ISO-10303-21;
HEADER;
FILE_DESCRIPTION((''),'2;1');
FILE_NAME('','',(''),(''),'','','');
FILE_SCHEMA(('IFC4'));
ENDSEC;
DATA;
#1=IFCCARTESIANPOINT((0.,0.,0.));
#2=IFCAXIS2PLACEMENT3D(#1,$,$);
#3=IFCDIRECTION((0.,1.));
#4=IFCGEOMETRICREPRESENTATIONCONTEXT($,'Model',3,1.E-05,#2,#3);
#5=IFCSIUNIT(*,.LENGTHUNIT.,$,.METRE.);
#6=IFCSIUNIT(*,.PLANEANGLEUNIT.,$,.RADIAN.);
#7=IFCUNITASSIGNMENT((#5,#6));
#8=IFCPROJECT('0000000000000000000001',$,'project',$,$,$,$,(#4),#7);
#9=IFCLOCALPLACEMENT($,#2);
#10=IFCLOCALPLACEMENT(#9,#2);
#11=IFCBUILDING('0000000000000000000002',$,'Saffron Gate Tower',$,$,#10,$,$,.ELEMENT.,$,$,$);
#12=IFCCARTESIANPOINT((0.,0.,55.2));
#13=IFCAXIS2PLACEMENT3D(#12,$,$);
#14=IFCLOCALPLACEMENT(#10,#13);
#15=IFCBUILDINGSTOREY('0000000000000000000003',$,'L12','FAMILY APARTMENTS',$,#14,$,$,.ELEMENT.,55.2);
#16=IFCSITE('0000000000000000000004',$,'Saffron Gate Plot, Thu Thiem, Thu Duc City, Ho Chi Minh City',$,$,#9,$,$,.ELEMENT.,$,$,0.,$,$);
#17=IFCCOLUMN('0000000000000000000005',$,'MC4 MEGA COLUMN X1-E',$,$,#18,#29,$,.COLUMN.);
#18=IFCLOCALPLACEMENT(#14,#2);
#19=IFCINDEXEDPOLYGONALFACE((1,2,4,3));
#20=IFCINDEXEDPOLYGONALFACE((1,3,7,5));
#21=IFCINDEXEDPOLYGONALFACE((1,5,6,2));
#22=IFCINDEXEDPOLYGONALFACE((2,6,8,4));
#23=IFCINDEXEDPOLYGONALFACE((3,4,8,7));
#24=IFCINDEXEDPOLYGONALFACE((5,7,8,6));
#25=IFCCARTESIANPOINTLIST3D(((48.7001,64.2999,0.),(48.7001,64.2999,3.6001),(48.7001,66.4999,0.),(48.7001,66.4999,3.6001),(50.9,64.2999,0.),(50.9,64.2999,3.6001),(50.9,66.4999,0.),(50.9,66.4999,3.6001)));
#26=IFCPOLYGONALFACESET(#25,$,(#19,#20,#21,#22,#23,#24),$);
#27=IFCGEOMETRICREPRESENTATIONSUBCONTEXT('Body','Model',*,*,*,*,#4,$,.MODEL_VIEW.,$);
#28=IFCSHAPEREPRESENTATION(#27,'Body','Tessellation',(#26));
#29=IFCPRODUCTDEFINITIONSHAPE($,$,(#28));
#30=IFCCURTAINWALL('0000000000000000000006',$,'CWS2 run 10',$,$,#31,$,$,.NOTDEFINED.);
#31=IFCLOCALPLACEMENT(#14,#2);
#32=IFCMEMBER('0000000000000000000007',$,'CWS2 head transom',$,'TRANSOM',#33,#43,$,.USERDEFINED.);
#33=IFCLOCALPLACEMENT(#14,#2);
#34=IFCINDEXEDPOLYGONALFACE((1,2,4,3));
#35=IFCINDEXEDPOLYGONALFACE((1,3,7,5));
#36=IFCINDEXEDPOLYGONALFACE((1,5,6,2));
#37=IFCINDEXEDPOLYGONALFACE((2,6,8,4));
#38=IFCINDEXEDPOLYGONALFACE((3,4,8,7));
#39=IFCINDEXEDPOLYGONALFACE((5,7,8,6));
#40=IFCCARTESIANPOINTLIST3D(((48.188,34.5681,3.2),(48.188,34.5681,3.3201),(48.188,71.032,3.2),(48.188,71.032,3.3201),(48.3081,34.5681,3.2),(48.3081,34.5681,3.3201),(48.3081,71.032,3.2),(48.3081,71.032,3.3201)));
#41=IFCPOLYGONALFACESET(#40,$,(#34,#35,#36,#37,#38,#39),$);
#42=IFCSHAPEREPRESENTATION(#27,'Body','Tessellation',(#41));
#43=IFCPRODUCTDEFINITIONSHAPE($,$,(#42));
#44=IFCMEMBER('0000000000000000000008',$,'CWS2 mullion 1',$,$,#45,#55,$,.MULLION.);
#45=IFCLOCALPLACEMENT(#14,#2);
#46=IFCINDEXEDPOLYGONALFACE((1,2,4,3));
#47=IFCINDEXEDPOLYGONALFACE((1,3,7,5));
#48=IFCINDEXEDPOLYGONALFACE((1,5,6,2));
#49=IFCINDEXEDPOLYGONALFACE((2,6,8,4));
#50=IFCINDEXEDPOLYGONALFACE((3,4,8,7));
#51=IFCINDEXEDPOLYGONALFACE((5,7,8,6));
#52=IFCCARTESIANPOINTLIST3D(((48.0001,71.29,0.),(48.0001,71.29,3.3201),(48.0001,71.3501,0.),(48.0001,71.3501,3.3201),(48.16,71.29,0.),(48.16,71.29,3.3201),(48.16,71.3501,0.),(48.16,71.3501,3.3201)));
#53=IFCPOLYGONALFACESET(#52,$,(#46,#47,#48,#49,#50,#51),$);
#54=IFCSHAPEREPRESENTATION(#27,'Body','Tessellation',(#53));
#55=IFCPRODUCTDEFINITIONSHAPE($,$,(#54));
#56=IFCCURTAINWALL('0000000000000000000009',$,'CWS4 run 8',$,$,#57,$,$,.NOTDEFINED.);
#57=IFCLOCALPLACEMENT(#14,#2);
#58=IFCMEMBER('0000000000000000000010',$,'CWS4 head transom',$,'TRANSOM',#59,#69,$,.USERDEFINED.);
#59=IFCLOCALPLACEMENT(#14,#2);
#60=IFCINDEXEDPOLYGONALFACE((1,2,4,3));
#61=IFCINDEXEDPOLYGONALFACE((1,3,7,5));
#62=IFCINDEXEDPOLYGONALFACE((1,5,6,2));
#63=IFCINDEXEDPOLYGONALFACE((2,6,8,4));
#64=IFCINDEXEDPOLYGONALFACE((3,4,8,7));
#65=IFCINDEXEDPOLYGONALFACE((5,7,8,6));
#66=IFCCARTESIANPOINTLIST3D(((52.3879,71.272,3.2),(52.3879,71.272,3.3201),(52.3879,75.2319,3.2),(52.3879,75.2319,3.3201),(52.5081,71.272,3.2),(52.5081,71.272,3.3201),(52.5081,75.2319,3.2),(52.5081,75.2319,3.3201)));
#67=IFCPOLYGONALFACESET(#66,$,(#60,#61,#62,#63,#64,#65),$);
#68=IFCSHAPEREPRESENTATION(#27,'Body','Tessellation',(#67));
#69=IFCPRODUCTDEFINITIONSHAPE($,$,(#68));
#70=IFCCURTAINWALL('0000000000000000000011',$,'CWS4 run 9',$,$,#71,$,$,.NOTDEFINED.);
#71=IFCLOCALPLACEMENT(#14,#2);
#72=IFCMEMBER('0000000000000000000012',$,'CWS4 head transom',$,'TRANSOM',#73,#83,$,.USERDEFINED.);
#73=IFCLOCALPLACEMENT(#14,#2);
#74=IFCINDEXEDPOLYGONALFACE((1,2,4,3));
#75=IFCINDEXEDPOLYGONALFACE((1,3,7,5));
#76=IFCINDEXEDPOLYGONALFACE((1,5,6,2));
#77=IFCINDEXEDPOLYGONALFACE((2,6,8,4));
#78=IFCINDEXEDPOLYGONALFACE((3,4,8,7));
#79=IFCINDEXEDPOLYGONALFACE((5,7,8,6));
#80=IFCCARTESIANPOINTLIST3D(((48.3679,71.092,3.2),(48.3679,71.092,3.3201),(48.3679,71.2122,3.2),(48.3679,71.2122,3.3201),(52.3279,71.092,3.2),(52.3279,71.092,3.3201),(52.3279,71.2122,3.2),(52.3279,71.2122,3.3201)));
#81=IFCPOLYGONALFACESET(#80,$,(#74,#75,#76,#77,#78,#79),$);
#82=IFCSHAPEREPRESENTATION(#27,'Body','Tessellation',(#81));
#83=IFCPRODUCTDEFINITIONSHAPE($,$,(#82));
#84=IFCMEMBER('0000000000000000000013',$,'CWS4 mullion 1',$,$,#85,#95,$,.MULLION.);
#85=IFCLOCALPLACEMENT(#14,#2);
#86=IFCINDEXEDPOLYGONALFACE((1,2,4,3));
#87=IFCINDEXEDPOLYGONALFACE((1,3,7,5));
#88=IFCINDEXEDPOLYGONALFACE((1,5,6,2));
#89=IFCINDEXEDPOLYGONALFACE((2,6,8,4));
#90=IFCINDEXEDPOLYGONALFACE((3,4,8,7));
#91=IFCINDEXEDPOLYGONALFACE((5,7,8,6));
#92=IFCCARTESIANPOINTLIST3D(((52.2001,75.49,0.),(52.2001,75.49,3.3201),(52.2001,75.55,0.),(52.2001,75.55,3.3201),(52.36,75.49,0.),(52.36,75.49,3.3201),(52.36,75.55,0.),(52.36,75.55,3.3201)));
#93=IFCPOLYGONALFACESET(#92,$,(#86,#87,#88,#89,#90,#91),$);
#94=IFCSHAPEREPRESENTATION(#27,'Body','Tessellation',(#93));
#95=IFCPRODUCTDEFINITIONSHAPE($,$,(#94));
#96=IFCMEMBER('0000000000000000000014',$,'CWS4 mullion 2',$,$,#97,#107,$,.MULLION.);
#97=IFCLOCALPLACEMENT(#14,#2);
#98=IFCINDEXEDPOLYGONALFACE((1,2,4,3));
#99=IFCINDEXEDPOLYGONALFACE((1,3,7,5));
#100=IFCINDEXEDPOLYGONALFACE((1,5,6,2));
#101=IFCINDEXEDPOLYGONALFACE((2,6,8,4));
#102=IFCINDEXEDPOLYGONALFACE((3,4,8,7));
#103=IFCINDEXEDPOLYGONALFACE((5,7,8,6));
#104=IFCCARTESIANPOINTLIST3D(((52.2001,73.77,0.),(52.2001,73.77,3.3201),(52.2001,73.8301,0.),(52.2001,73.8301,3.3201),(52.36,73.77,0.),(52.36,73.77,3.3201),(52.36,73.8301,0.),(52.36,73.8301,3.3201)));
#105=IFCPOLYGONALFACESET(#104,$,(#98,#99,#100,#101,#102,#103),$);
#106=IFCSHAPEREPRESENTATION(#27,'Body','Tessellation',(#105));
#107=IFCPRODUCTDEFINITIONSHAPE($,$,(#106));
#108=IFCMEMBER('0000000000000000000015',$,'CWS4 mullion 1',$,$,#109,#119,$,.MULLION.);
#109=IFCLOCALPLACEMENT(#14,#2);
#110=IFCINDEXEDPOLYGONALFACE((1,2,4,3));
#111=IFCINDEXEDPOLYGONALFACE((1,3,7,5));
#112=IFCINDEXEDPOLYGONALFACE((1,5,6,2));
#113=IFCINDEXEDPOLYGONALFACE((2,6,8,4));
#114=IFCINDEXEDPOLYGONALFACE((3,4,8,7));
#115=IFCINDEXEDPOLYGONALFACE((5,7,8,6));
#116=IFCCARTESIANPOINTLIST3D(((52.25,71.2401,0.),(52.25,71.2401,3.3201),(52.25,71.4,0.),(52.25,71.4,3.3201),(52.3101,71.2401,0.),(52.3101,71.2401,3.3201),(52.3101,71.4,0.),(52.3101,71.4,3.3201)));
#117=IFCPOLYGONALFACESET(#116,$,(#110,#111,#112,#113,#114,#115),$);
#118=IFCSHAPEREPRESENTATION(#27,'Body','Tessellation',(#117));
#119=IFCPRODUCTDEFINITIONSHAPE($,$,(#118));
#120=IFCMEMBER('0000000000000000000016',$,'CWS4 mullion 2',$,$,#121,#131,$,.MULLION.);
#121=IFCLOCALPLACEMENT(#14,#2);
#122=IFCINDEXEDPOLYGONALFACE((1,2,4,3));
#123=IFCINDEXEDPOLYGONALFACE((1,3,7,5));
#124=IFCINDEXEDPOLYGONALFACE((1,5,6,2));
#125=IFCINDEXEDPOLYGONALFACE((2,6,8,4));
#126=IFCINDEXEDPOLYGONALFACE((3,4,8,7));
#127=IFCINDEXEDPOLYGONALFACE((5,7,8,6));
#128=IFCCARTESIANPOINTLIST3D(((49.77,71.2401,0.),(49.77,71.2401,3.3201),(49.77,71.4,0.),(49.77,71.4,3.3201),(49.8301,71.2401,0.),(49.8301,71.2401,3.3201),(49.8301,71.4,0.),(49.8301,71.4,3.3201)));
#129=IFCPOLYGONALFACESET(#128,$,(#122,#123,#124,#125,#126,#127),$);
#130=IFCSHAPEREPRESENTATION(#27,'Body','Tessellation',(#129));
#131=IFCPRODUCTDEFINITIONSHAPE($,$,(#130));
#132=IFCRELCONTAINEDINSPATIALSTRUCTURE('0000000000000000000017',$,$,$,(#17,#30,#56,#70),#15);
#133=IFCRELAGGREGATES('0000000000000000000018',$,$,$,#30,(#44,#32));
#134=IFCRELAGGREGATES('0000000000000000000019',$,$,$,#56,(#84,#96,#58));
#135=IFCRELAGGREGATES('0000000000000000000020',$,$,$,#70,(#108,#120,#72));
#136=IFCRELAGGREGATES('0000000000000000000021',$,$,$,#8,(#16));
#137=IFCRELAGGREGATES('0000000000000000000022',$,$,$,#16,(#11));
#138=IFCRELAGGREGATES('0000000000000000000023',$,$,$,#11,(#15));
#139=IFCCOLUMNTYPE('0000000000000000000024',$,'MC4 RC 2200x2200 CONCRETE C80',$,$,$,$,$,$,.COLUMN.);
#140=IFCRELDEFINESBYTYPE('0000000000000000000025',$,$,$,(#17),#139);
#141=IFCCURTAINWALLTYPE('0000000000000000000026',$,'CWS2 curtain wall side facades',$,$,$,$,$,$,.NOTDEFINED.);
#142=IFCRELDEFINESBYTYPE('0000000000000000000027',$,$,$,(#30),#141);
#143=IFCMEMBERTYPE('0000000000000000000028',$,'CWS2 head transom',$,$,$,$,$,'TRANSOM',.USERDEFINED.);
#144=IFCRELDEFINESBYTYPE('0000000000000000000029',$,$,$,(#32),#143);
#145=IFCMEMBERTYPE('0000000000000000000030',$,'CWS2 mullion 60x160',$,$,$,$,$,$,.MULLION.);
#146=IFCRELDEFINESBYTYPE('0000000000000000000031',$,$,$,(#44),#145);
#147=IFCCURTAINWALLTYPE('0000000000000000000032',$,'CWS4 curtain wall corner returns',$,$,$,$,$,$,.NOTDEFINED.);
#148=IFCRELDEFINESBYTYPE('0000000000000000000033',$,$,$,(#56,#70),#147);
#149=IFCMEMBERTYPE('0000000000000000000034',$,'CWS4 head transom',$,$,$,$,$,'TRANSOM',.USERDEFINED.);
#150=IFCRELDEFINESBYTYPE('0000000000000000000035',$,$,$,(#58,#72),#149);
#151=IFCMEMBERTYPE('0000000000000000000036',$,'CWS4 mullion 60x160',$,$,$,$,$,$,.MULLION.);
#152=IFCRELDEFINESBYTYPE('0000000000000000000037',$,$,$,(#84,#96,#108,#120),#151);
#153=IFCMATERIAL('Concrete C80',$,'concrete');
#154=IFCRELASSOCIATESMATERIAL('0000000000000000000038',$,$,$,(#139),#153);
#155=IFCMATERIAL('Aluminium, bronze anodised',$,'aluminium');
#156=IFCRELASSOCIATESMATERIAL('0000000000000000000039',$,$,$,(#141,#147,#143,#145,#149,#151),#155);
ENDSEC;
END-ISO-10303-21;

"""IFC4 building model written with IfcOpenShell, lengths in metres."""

from ifc_helpers import new_model, si_unit, direction, frame, origin, origin_2d, place, context, subcontext, project, spatial, rectangle, extrude, material, material_profile, profile_set, type_object, element, aggregate, save


model = new_model("IFC4")

# Units and contexts
model_context = context("Model", 3, precision=1e-05, world=origin(), true_north=direction((0.0, 1.0)))
body_context = subcontext(model_context, "Body", "Model", "MODEL_VIEW")
ifc_project = project(units=[si_unit("LENGTHUNIT", "METRE"), si_unit("PLANEANGLEUNIT", "RADIAN")], contexts=[model_context])

# Site, building, storey
site_placement = place(None, origin())
site = spatial("IfcSite", under=ifc_project, at=site_placement, Name="Saffron Gate Plot, Thu Thiem, Thu Duc City, Ho Chi Minh City", CompositionType="ELEMENT", RefElevation=0.0)
building_placement = place(site_placement, origin())
building = spatial("IfcBuilding", under=site, at=building_placement, Name="Saffron Gate Tower", CompositionType="ELEMENT")
storey_placement = place(building_placement, frame((0.0, 0.0, 55.2)))
storey = spatial("IfcBuildingStorey", under=building, at=storey_placement, Name="L12", Description="FAMILY APARTMENTS", CompositionType="ELEMENT", Elevation=55.2)

# Column
ifc_material_1 = material(Name="Concrete C80", Category="concrete")
ifc_material_profile_1 = material_profile(ifc_material_1, rectangle(XDim=2.2, YDim=2.2, at=origin_2d()))
ifc_profile_set_1 = profile_set([ifc_material_profile_1], Name="Concrete C80")
column_type = type_object("IfcColumnType", Name="MC4 RC 2200x2200 CONCRETE C80", PredefinedType="COLUMN", material=ifc_profile_set_1)
column_placement = place(storey_placement, frame((49.8, 65.3999, 0.0), z_axis=(0.0, 0.0, 1.0), x_axis=(1.0, 0.0, 0.0)))
element("IfcColumn", 1, at=column_placement, inside=storey, type_object=column_type, Name="MC4 MEGA COLUMN X1-E", PredefinedType="COLUMN", context=body_context, shape_type="SweptSolid", body=[
    extrude(rectangle(XDim=2.2, YDim=2.2, at=origin_2d()), origin(), (0.0, 0.0, 1.0), 3.6001),
])

# Curtain wall, members
ifc_material_2 = material(Name="Aluminium, bronze anodised", Category="aluminium")
curtain_wall_type_1 = type_object("IfcCurtainWallType", Name="CWS2 curtain wall side facades", PredefinedType="NOTDEFINED", material=ifc_material_2)
curtain_wall_1_placement = place(storey_placement, origin())
curtain_wall_1 = element("IfcCurtainWall", 2, at=curtain_wall_1_placement, inside=storey, type_object=curtain_wall_type_1, Name="CWS2 run 10", PredefinedType="NOTDEFINED")
ifc_material_profile_2 = material_profile(ifc_material_2, rectangle(XDim=0.1201, YDim=0.1201, at=origin_2d()))
ifc_profile_set_2 = profile_set([ifc_material_profile_2], Name="Aluminium, bronze anodised")
member_type_1 = type_object("IfcMemberType", Name="CWS2 head transom", ElementType="TRANSOM", PredefinedType="USERDEFINED", material=ifc_profile_set_2)
member_1_placement = place(storey_placement, frame((48.248, 71.032, 3.26), z_axis=(0.0, -1.0, 0.0), x_axis=(1.0, 0.0, 0.0)))
member_1 = element("IfcMember", 3, at=member_1_placement, type_object=member_type_1, Name="CWS2 head transom", ObjectType="TRANSOM", PredefinedType="USERDEFINED", context=body_context, shape_type="SweptSolid", body=[
    extrude(rectangle(XDim=0.1201, YDim=0.1201, at=origin_2d()), origin(), (0.0, 0.0, 1.0), 36.4639),
])
ifc_material_profile_3 = material_profile(ifc_material_2, rectangle(XDim=0.1599, YDim=0.0601, at=origin_2d()))
ifc_profile_set_3 = profile_set([ifc_material_profile_3], Name="Aluminium, bronze anodised")
member_type_2 = type_object("IfcMemberType", Name="CWS2 mullion 60x160", PredefinedType="MULLION", material=ifc_profile_set_3)
member_2_placement = place(storey_placement, frame((48.0801, 71.3201, 0.0), z_axis=(0.0, 0.0, 1.0), x_axis=(1.0, 0.0, 0.0)))
member_2 = element("IfcMember", 4, at=member_2_placement, type_object=member_type_2, Name="CWS2 mullion 1", PredefinedType="MULLION", context=body_context, shape_type="SweptSolid", body=[
    extrude(rectangle(XDim=0.1599, YDim=0.0601, at=origin_2d()), origin(), (0.0, 0.0, 1.0), 3.3201),
])

# Curtain walls, members
curtain_wall_type_2 = type_object("IfcCurtainWallType", Name="CWS4 curtain wall corner returns", PredefinedType="NOTDEFINED", material=ifc_material_2)
curtain_wall_2_placement = place(storey_placement, origin())
curtain_wall_2 = element("IfcCurtainWall", 5, at=curtain_wall_2_placement, inside=storey, type_object=curtain_wall_type_2, Name="CWS4 run 8", PredefinedType="NOTDEFINED")
ifc_material_profile_4 = material_profile(ifc_material_2, rectangle(XDim=0.1201, YDim=0.1201, at=origin_2d()))
ifc_profile_set_4 = profile_set([ifc_material_profile_4], Name="Aluminium, bronze anodised")
member_type_3 = type_object("IfcMemberType", Name="CWS4 head transom", ElementType="TRANSOM", PredefinedType="USERDEFINED", material=ifc_profile_set_4)
member_3_placement = place(storey_placement, frame((52.448, 75.2319, 3.26), z_axis=(0.0, -1.0, 0.0), x_axis=(1.0, 0.0, 0.0)))
member_3 = element("IfcMember", 6, at=member_3_placement, type_object=member_type_3, Name="CWS4 head transom", ObjectType="TRANSOM", PredefinedType="USERDEFINED", context=body_context, shape_type="SweptSolid", body=[
    extrude(rectangle(XDim=0.1201, YDim=0.1201, at=origin_2d()), origin(), (0.0, 0.0, 1.0), 3.96),
])
curtain_wall_3_placement = place(storey_placement, origin())
curtain_wall_3 = element("IfcCurtainWall", 7, at=curtain_wall_3_placement, inside=storey, type_object=curtain_wall_type_2, Name="CWS4 run 9", PredefinedType="NOTDEFINED")
member_4_placement = place(storey_placement, frame((52.3279, 71.1521, 3.26), z_axis=(-1.0, 0.0, 0.0), x_axis=(0.0, -1.0, 0.0)))
member_4 = element("IfcMember", 8, at=member_4_placement, type_object=member_type_3, Name="CWS4 head transom", ObjectType="TRANSOM", PredefinedType="USERDEFINED", context=body_context, shape_type="SweptSolid", body=[
    extrude(rectangle(XDim=0.1201, YDim=0.1201, at=origin_2d()), origin(), (0.0, 0.0, 1.0), 3.96),
])

# Members
ifc_material_profile_5 = material_profile(ifc_material_2, rectangle(XDim=0.1599, YDim=0.0601, at=origin_2d()))
ifc_profile_set_5 = profile_set([ifc_material_profile_5], Name="Aluminium, bronze anodised")
member_type_4 = type_object("IfcMemberType", Name="CWS4 mullion 60x160", PredefinedType="MULLION", material=ifc_profile_set_5)
member_5_placement = place(storey_placement, frame((52.28, 75.52, 0.0), z_axis=(0.0, 0.0, 1.0), x_axis=(1.0, 0.0, 0.0)))
member_5 = element("IfcMember", 9, at=member_5_placement, type_object=member_type_4, Name="CWS4 mullion 1", PredefinedType="MULLION", context=body_context, shape_type="SweptSolid", body=[
    extrude(rectangle(XDim=0.1599, YDim=0.0601, at=origin_2d()), origin(), (0.0, 0.0, 1.0), 3.3201),
])
member_6_placement = place(storey_placement, frame((52.28, 73.8, 0.0), z_axis=(0.0, 0.0, 1.0), x_axis=(1.0, 0.0, 0.0)))
member_6 = element("IfcMember", 10, at=member_6_placement, type_object=member_type_4, Name="CWS4 mullion 2", PredefinedType="MULLION", context=body_context, shape_type="SweptSolid", body=[
    extrude(rectangle(XDim=0.1599, YDim=0.0601, at=origin_2d()), origin(), (0.0, 0.0, 1.0), 3.3201),
])
member_7_placement = place(storey_placement, frame((52.28, 71.3201, 0.0), z_axis=(0.0, 0.0, 1.0), x_axis=(0.0, -1.0, 0.0)))
member_7 = element("IfcMember", 11, at=member_7_placement, type_object=member_type_4, Name="CWS4 mullion 1", PredefinedType="MULLION", context=body_context, shape_type="SweptSolid", body=[
    extrude(rectangle(XDim=0.1599, YDim=0.0601, at=origin_2d()), origin(), (0.0, 0.0, 1.0), 3.3201),
])
member_8_placement = place(storey_placement, frame((49.8, 71.3201, 0.0), z_axis=(0.0, 0.0, 1.0), x_axis=(0.0, -1.0, 0.0)))
member_8 = element("IfcMember", 12, at=member_8_placement, type_object=member_type_4, Name="CWS4 mullion 2", PredefinedType="MULLION", context=body_context, shape_type="SweptSolid", body=[
    extrude(rectangle(XDim=0.1599, YDim=0.0601, at=origin_2d()), origin(), (0.0, 0.0, 1.0), 3.3201),
])

aggregate(curtain_wall_1, [member_2, member_1])

aggregate(curtain_wall_2, [member_5, member_6, member_3])
aggregate(curtain_wall_3, [member_7, member_8, member_4])

save(model, "model.ifc")
